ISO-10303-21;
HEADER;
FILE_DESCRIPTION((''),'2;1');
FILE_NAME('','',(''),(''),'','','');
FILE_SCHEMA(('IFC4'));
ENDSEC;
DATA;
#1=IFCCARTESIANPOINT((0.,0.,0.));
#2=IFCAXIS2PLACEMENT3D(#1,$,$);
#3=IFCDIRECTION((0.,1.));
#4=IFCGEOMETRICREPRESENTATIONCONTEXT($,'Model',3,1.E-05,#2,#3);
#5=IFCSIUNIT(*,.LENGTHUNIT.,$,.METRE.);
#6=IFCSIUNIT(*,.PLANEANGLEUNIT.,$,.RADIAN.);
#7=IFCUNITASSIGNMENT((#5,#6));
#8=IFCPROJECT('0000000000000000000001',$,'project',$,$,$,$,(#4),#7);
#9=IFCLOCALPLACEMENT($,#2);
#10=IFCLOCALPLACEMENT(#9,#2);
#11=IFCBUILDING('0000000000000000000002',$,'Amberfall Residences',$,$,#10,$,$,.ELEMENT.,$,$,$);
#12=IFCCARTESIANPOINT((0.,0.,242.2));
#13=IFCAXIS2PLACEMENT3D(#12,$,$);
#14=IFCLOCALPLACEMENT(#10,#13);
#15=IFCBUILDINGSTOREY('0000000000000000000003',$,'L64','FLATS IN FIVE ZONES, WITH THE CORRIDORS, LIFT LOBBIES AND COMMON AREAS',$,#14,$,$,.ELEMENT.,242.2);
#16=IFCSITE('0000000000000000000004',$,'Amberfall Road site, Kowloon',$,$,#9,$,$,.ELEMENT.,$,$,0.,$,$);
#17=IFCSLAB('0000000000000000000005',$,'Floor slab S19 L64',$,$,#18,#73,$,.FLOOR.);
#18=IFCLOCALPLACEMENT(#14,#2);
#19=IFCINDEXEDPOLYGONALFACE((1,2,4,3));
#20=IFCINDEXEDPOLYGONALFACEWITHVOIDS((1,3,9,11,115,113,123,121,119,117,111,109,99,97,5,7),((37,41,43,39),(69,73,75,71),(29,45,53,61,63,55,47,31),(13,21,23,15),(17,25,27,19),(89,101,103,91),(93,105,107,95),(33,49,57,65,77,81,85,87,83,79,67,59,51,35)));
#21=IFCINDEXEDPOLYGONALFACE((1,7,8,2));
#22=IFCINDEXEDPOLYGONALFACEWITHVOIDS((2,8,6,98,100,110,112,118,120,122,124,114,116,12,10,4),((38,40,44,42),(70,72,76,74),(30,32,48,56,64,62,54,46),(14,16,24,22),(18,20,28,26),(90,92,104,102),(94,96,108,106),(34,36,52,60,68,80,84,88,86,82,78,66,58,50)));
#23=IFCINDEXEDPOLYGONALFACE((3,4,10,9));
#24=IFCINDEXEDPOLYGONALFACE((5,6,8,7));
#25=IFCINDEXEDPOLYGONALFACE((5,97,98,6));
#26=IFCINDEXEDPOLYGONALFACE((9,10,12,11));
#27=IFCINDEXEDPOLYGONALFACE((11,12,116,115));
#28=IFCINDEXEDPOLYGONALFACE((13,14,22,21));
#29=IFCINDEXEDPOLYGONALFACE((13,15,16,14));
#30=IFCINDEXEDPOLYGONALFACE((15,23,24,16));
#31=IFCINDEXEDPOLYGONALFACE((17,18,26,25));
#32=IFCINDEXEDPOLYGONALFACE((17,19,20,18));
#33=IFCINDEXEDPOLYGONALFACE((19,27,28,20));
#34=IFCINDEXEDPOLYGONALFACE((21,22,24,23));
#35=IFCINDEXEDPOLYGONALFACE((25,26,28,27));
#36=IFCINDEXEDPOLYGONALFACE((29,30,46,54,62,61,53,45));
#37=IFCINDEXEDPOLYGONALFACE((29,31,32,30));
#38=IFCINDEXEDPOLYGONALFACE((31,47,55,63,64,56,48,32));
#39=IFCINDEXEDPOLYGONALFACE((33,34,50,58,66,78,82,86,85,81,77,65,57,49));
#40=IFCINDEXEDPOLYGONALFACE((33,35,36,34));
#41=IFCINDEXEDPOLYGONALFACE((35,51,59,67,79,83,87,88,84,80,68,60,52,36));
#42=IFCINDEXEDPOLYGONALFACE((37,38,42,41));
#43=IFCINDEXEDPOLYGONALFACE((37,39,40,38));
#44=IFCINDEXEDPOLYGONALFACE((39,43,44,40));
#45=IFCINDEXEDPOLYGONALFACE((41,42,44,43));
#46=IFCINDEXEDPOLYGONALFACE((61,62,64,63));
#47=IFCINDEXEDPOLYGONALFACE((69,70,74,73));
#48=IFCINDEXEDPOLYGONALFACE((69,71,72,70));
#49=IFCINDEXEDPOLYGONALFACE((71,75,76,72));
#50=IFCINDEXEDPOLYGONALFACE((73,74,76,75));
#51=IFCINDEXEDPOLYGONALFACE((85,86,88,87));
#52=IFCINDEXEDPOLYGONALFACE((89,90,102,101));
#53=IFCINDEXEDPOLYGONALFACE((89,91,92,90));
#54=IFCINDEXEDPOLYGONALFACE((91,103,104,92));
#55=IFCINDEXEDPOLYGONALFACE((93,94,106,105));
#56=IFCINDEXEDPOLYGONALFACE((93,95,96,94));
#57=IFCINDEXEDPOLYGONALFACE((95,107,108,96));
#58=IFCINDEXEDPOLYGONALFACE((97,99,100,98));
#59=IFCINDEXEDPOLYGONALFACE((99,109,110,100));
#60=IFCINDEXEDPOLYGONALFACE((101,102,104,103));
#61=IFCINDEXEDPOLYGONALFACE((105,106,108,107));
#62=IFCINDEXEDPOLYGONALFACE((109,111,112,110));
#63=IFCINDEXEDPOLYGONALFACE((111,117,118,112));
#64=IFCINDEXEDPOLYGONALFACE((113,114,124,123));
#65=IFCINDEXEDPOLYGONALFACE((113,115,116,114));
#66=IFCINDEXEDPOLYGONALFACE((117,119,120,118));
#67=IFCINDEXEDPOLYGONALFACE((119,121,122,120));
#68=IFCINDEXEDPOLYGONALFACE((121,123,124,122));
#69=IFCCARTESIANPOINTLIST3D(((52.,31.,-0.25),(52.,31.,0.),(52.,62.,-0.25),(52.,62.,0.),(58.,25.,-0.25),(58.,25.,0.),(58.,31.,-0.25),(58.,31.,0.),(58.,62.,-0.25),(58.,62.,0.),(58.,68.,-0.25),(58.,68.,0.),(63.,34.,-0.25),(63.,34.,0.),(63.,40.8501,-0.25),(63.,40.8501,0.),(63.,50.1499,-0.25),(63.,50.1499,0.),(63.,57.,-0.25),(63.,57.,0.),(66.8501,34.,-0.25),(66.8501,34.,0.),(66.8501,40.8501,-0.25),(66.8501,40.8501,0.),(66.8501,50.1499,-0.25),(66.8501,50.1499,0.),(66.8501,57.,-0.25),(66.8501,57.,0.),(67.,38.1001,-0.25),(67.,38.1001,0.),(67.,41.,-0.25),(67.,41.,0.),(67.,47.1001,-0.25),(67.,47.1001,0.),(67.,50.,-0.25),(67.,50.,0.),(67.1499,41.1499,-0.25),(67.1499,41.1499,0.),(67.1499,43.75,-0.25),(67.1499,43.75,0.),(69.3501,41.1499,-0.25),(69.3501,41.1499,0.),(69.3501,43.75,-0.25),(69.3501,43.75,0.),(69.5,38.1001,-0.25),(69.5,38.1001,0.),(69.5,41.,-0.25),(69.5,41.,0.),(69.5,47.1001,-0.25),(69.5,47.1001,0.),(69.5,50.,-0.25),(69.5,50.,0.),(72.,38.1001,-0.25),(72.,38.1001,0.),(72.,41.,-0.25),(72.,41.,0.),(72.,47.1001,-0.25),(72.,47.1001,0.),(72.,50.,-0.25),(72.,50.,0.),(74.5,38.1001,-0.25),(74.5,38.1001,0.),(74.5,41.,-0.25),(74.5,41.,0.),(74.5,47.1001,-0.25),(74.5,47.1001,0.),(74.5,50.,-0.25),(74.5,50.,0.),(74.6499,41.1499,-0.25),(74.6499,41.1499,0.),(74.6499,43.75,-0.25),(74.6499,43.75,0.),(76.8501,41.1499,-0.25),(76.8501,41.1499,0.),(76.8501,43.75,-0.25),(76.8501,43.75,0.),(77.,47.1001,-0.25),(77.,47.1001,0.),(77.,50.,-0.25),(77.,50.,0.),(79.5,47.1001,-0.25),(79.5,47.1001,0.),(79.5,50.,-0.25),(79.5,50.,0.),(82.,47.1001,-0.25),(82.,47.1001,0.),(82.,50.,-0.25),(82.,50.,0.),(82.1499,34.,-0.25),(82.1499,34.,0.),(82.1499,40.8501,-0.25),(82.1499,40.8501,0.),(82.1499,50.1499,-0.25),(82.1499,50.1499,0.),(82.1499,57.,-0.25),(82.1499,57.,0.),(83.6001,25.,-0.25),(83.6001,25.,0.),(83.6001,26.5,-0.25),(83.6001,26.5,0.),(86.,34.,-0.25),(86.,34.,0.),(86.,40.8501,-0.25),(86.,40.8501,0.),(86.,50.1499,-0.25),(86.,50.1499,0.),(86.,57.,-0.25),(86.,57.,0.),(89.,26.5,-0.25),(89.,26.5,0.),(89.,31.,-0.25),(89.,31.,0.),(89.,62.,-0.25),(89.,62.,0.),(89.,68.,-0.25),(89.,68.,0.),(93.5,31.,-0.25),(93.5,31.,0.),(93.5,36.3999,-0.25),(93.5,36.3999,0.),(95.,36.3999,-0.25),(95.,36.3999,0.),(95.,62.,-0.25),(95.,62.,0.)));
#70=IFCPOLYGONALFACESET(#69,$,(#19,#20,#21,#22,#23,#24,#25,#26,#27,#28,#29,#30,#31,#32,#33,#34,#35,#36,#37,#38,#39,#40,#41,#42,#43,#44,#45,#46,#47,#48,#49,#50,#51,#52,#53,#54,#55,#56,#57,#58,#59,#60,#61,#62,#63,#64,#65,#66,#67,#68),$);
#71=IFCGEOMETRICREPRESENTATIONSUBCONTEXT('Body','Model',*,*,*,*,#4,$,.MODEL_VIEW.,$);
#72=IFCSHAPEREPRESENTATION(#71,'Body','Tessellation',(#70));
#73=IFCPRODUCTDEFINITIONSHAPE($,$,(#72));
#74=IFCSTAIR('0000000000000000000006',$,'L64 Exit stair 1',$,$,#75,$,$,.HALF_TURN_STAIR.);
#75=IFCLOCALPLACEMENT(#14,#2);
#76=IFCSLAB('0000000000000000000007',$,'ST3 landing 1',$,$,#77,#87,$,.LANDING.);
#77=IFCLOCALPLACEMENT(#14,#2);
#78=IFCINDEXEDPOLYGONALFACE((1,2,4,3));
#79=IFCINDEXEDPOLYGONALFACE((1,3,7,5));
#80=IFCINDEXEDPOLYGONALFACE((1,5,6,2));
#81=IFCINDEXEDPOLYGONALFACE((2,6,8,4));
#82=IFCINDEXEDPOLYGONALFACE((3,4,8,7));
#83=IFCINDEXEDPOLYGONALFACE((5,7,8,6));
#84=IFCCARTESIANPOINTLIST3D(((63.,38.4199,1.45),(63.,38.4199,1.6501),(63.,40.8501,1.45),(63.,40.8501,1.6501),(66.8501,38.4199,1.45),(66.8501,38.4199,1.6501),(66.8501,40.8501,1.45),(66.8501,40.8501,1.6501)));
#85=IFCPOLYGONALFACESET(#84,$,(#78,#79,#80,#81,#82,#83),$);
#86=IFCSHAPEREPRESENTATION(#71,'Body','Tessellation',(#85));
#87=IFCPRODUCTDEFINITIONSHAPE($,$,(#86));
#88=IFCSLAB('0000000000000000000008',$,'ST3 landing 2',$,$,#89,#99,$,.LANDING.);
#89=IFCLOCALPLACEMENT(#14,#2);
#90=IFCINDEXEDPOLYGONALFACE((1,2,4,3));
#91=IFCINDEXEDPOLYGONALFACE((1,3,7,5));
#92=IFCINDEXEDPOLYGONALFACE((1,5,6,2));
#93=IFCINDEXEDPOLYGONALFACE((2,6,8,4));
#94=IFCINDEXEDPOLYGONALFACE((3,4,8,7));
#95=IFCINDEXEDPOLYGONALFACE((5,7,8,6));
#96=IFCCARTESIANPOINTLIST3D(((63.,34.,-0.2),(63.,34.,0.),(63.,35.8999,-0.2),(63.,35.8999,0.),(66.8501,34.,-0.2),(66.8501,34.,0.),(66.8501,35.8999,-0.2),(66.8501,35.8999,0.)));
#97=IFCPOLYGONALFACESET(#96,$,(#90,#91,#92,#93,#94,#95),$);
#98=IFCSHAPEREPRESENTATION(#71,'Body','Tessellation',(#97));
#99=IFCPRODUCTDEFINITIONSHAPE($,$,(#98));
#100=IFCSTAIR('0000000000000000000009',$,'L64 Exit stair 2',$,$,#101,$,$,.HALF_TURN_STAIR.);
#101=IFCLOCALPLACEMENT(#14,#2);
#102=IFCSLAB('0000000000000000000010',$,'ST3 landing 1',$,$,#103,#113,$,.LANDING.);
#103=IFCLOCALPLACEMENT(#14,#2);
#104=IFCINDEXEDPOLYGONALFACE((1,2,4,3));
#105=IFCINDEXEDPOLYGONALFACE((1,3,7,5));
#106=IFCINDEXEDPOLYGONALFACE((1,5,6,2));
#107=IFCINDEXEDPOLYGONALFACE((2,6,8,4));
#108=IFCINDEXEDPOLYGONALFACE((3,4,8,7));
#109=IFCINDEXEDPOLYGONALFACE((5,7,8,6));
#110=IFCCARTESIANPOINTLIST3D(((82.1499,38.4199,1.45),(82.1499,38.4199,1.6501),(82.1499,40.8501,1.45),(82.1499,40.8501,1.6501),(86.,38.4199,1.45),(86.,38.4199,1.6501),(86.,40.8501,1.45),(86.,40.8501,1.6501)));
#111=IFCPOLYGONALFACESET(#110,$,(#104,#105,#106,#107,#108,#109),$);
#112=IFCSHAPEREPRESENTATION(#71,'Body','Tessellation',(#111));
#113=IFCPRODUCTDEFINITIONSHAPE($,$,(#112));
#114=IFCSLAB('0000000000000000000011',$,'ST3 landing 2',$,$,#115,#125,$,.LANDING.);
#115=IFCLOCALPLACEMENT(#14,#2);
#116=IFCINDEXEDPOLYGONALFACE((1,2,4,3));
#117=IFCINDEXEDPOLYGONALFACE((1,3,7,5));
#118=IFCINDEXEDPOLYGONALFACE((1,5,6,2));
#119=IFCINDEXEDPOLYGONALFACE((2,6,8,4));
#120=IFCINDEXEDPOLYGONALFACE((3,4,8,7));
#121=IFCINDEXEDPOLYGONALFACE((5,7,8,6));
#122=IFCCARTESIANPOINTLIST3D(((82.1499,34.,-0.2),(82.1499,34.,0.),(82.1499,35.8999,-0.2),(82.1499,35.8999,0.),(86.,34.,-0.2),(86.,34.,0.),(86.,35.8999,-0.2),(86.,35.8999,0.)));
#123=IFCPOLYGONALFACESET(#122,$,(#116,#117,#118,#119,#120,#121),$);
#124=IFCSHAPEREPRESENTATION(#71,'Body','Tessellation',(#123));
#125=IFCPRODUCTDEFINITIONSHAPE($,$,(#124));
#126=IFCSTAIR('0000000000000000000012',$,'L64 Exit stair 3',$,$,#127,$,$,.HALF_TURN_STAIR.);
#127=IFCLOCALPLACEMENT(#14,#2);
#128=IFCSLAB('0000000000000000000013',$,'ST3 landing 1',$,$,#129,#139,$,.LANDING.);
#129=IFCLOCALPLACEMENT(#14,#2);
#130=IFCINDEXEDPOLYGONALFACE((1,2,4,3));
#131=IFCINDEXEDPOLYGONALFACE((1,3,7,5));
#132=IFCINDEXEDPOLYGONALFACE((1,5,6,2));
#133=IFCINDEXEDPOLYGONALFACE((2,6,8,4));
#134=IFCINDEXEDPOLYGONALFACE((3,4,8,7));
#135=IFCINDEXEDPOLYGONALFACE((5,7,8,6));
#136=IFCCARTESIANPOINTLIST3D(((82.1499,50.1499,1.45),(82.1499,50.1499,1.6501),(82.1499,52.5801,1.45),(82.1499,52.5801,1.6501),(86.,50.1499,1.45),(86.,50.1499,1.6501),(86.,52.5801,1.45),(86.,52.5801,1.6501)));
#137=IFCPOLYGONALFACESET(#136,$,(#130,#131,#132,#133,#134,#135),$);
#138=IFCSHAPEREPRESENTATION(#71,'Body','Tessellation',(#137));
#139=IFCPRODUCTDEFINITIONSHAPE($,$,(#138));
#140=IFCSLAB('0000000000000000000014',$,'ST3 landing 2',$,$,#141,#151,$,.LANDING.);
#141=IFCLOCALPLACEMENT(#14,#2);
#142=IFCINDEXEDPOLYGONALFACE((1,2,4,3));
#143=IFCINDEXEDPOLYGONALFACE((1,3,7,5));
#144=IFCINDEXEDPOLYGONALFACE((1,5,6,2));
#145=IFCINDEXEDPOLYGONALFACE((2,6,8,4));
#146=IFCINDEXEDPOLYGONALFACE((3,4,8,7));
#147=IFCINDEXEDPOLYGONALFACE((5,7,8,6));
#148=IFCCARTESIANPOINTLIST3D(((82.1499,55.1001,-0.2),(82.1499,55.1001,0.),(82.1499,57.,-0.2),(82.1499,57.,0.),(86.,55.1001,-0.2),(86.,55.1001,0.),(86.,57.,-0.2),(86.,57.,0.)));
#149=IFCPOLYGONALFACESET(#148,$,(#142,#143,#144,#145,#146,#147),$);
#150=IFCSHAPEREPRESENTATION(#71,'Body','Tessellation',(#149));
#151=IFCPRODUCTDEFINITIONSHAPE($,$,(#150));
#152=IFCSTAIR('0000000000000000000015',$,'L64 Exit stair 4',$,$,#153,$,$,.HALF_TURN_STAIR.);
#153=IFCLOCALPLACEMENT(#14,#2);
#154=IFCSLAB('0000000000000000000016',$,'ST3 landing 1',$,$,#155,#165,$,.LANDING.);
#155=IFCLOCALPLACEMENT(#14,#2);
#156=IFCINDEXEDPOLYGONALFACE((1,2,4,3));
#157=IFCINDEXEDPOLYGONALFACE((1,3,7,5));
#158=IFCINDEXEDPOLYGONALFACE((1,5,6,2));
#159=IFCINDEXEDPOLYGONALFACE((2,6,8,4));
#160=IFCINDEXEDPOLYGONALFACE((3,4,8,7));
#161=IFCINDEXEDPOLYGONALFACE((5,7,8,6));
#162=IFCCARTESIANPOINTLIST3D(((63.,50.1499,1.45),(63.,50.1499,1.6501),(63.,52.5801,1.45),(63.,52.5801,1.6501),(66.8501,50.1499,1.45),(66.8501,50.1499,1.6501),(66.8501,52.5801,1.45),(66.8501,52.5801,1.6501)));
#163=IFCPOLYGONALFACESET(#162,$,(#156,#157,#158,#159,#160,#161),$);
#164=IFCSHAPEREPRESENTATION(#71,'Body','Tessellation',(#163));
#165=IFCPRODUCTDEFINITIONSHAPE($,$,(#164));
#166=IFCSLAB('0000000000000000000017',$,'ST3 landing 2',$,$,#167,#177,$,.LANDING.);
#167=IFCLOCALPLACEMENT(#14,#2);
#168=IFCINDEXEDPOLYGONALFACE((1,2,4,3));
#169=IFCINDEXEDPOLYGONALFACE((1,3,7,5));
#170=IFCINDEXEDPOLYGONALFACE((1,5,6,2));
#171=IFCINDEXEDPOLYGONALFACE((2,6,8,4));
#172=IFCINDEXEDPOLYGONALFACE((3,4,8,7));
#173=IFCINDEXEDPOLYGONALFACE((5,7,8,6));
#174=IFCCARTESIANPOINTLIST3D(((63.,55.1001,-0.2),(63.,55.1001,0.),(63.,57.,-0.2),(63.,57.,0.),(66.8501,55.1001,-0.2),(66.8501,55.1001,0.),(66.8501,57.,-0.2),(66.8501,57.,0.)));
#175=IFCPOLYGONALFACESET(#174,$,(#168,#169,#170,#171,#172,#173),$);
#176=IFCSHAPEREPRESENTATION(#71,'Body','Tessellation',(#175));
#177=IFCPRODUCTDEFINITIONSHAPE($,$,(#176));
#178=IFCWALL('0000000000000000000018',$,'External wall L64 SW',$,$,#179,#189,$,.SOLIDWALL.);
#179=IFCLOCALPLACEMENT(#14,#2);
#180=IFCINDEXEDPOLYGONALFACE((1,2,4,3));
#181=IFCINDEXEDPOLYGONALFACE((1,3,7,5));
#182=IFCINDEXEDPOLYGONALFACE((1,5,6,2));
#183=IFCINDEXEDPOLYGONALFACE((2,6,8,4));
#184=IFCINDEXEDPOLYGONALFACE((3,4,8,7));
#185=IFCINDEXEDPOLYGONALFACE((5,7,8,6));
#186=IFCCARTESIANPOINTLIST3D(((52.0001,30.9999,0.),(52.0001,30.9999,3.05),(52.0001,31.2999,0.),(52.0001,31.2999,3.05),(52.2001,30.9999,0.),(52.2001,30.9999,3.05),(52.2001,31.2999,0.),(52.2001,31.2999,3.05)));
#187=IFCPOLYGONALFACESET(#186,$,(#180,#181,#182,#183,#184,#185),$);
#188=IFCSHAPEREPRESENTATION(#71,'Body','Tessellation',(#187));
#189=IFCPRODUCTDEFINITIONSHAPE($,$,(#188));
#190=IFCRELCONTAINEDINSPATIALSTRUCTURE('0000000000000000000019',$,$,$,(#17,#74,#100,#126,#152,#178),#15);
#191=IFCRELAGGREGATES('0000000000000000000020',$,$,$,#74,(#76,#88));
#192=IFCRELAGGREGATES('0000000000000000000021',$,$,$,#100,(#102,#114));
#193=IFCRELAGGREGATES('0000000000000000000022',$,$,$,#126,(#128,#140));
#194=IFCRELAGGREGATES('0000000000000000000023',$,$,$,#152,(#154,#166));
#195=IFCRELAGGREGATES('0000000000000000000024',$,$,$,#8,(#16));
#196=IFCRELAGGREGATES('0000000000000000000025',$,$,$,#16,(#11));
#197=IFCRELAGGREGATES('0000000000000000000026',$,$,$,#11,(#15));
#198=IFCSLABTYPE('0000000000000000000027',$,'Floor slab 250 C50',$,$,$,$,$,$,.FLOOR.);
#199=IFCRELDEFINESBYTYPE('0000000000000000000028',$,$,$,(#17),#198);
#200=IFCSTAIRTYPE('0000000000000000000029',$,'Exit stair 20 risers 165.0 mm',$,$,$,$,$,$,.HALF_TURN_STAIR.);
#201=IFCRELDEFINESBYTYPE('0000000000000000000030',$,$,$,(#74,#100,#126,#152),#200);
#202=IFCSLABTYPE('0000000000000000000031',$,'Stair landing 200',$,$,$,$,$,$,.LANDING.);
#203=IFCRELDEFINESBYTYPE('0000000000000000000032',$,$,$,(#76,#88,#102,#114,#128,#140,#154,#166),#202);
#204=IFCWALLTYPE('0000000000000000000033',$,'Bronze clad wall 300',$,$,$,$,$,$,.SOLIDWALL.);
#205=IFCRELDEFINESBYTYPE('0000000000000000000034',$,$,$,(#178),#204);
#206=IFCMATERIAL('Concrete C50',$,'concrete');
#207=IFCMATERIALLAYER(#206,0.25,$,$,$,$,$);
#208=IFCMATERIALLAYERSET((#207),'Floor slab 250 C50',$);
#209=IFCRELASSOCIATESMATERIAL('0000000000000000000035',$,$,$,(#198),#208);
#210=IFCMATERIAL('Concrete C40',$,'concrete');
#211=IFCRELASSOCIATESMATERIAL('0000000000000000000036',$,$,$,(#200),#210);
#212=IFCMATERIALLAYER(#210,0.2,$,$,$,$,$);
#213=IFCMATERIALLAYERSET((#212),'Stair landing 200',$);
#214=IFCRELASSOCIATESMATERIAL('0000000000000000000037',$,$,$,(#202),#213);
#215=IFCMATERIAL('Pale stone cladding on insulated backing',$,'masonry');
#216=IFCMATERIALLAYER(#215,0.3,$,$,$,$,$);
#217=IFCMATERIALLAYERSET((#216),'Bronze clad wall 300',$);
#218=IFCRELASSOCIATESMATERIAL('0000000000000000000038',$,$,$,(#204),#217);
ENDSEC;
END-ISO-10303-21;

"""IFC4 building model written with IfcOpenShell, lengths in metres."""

from ifc_helpers import new_model, si_unit, direction, frame, frame_2d, origin, place, context, subcontext, project, spatial, polyline, rectangle, outline, extrude, material, layer, layer_set, type_object, element, aggregate, save


model = new_model("IFC4")

# Units and contexts
model_context = context("Model", 3, precision=1e-05, world=origin(), true_north=direction((0.0, 1.0)))
body_context = subcontext(model_context, "Body", "Model", "MODEL_VIEW")
ifc_project = project(units=[si_unit("LENGTHUNIT", "METRE"), si_unit("PLANEANGLEUNIT", "RADIAN")], contexts=[model_context])

# Site, building, storey
site_placement = place(None, origin())
site = spatial("IfcSite", under=ifc_project, at=site_placement, Name="Amberfall Road site, Kowloon", CompositionType="ELEMENT", RefElevation=0.0)
building_placement = place(site_placement, origin())
building = spatial("IfcBuilding", under=site, at=building_placement, Name="Amberfall Residences", CompositionType="ELEMENT")
storey_placement = place(building_placement, frame((0.0, 0.0, 242.2)))
storey = spatial("IfcBuildingStorey", under=building, at=storey_placement, Name="L64", Description="FLATS IN FIVE ZONES, WITH THE CORRIDORS, LIFT LOBBIES AND COMMON AREAS", CompositionType="ELEMENT", Elevation=242.2)

# Shared definitions
ifc_material_1 = material(Name="Concrete C50", Category="concrete")

# Slab
ifc_layer_1 = layer(ifc_material_1, 0.25)
ifc_layer_set_1 = layer_set([ifc_layer_1], Name="Floor slab 250 C50")
slab_type_1 = type_object("IfcSlabType", Name="Floor slab 250 C50", PredefinedType="FLOOR", material=ifc_layer_set_1)
slab_1_placement = place(storey_placement, frame((0.0, 0.0, -0.25)))
element("IfcSlab", 1, at=slab_1_placement, inside=storey, type_object=slab_type_1, Name="Floor slab S19 L64", PredefinedType="FLOOR", context=body_context, shape_type="SweptSolid", body=[
    extrude(outline(polyline([(83.6001, 26.5), (83.6001, 25.0), (58.0, 25.0), (58.0, 31.0), (52.0, 31.0), (52.0, 62.0), (58.0, 62.0), (58.0, 68.0), (89.0, 68.0), (89.0, 62.0), (95.0, 62.0), (95.0, 36.3999), (93.5, 36.3999), (93.5, 31.0), (89.0, 31.0), (89.0, 26.5), (83.6001, 26.5)]), holes=[polyline([(86.0, 34.0), (86.0, 40.8501), (82.1499, 40.8501), (82.1499, 34.0), (86.0, 34.0)]), polyline([(86.0, 50.1499), (86.0, 57.0), (82.1499, 57.0), (82.1499, 50.1499), (86.0, 50.1499)]), polyline([(72.0, 50.0), (69.5, 50.0), (67.0, 50.0), (67.0, 47.1001), (69.5, 47.1001), (72.0, 47.1001), (74.5, 47.1001), (77.0, 47.1001), (79.5, 47.1001), (82.0, 47.1001), (82.0, 50.0), (79.5, 50.0), (77.0, 50.0), (74.5, 50.0), (72.0, 50.0)]), polyline([(76.8501, 41.1499), (76.8501, 43.75), (74.6499, 43.75), (74.6499, 41.1499), (76.8501, 41.1499)]), polyline([(69.5, 41.0), (67.0, 41.0), (67.0, 38.1001), (69.5, 38.1001), (72.0, 38.1001), (74.5, 38.1001), (74.5, 41.0), (72.0, 41.0), (69.5, 41.0)]), polyline([(69.3501, 41.1499), (69.3501, 43.75), (67.1499, 43.75), (67.1499, 41.1499), (69.3501, 41.1499)]), polyline([(66.8501, 50.1499), (66.8501, 57.0), (63.0, 57.0), (63.0, 50.1499), (66.8501, 50.1499)]), polyline([(66.8501, 40.8501), (63.0, 40.8501), (63.0, 34.0), (66.8501, 34.0), (66.8501, 40.8501)])]), origin(), (0.0, 0.0, 1.0), 0.25),
])

# Stairs, slabs
ifc_material_2 = material(Name="Concrete C40", Category="concrete")
stair_type = type_object("IfcStairType", Name="Exit stair 20 risers 165.0 mm", PredefinedType="HALF_TURN_STAIR", material=ifc_material_2)
stair_1_placement = place(storey_placement, origin())
stair_1 = element("IfcStair", 2, at=stair_1_placement, inside=storey, type_object=stair_type, Name="L64 Exit stair 1", PredefinedType="HALF_TURN_STAIR")
ifc_layer_2 = layer(ifc_material_2, 0.2)
ifc_layer_set_2 = layer_set([ifc_layer_2], Name="Stair landing 200")
slab_type_2 = type_object("IfcSlabType", Name="Stair landing 200", PredefinedType="LANDING", material=ifc_layer_set_2)
slab_2_placement = place(storey_placement, frame((0.0, 0.0, 1.45)))
slab_2 = element("IfcSlab", 3, at=slab_2_placement, type_object=slab_type_2, Name="ST3 landing 1", PredefinedType="LANDING", context=body_context, shape_type="SweptSolid", body=[
    extrude(outline(polyline([(66.8501, 38.4199), (66.8501, 40.8501), (63.0, 40.8501), (63.0, 38.4199), (66.8501, 38.4199)])), origin(), (0.0, 0.0, 1.0), 0.2002),
])
slab_3_placement = place(storey_placement, frame((0.0, 0.0, -0.2)))
slab_3 = element("IfcSlab", 4, at=slab_3_placement, type_object=slab_type_2, Name="ST3 landing 2", PredefinedType="LANDING", context=body_context, shape_type="SweptSolid", body=[
    extrude(outline(polyline([(66.8501, 34.0), (66.8501, 35.8999), (63.0, 35.8999), (63.0, 34.0), (66.8501, 34.0)])), origin(), (0.0, 0.0, 1.0), 0.2),
])
aggregate(stair_1, [slab_2, slab_3])
stair_2_placement = place(storey_placement, origin())
stair_2 = element("IfcStair", 5, at=stair_2_placement, inside=storey, type_object=stair_type, Name="L64 Exit stair 2", PredefinedType="HALF_TURN_STAIR")
slab_4_placement = place(storey_placement, frame((0.0, 0.0, 1.45)))
slab_4 = element("IfcSlab", 6, at=slab_4_placement, type_object=slab_type_2, Name="ST3 landing 1", PredefinedType="LANDING", context=body_context, shape_type="SweptSolid", body=[
    extrude(outline(polyline([(86.0, 38.4199), (86.0, 40.8501), (82.1499, 40.8501), (82.1499, 38.4199), (86.0, 38.4199)])), origin(), (0.0, 0.0, 1.0), 0.2002),
])
slab_5_placement = place(storey_placement, frame((0.0, 0.0, -0.2)))
slab_5 = element("IfcSlab", 7, at=slab_5_placement, type_object=slab_type_2, Name="ST3 landing 2", PredefinedType="LANDING", context=body_context, shape_type="SweptSolid", body=[
    extrude(outline(polyline([(86.0, 34.0), (86.0, 35.8999), (82.1499, 35.8999), (82.1499, 34.0), (86.0, 34.0)])), origin(), (0.0, 0.0, 1.0), 0.2),
])
aggregate(stair_2, [slab_4, slab_5])
stair_3_placement = place(storey_placement, origin())
stair_3 = element("IfcStair", 8, at=stair_3_placement, inside=storey, type_object=stair_type, Name="L64 Exit stair 3", PredefinedType="HALF_TURN_STAIR")
slab_6_placement = place(storey_placement, frame((0.0, 0.0, 1.45)))
slab_6 = element("IfcSlab", 9, at=slab_6_placement, type_object=slab_type_2, Name="ST3 landing 1", PredefinedType="LANDING", context=body_context, shape_type="SweptSolid", body=[
    extrude(outline(polyline([(82.1499, 52.5801), (82.1499, 50.1499), (86.0, 50.1499), (86.0, 52.5801), (82.1499, 52.5801)])), origin(), (0.0, 0.0, 1.0), 0.2002),
])
slab_7_placement = place(storey_placement, frame((0.0, 0.0, -0.2)))
slab_7 = element("IfcSlab", 10, at=slab_7_placement, type_object=slab_type_2, Name="ST3 landing 2", PredefinedType="LANDING", context=body_context, shape_type="SweptSolid", body=[
    extrude(outline(polyline([(82.1499, 57.0), (82.1499, 55.1001), (86.0, 55.1001), (86.0, 57.0), (82.1499, 57.0)])), origin(), (0.0, 0.0, 1.0), 0.2),
])
aggregate(stair_3, [slab_6, slab_7])
stair_4_placement = place(storey_placement, origin())
stair_4 = element("IfcStair", 11, at=stair_4_placement, inside=storey, type_object=stair_type, Name="L64 Exit stair 4", PredefinedType="HALF_TURN_STAIR")
slab_8_placement = place(storey_placement, frame((0.0, 0.0, 1.45)))
slab_8 = element("IfcSlab", 12, at=slab_8_placement, type_object=slab_type_2, Name="ST3 landing 1", PredefinedType="LANDING", context=body_context, shape_type="SweptSolid", body=[
    extrude(outline(polyline([(63.0, 52.5801), (63.0, 50.1499), (66.8501, 50.1499), (66.8501, 52.5801), (63.0, 52.5801)])), origin(), (0.0, 0.0, 1.0), 0.2002),
])
slab_9_placement = place(storey_placement, frame((0.0, 0.0, -0.2)))
slab_9 = element("IfcSlab", 13, at=slab_9_placement, type_object=slab_type_2, Name="ST3 landing 2", PredefinedType="LANDING", context=body_context, shape_type="SweptSolid", body=[
    extrude(outline(polyline([(63.0, 57.0), (63.0, 55.1001), (66.8501, 55.1001), (66.8501, 57.0), (63.0, 57.0)])), origin(), (0.0, 0.0, 1.0), 0.2),
])
aggregate(stair_4, [slab_8, slab_9])

# Wall
ifc_material_3 = material(Name="Pale stone cladding on insulated backing", Category="masonry")
ifc_layer_3 = layer(ifc_material_3, 0.3)
ifc_layer_set_3 = layer_set([ifc_layer_3], Name="Bronze clad wall 300")
wall_type_1 = type_object("IfcWallType", Name="Bronze clad wall 300", PredefinedType="SOLIDWALL", material=ifc_layer_set_3)
wall_1_placement = place(storey_placement, frame((52.0, 31.1499, 0.0), z_axis=(0.0, 0.0, 1.0), x_axis=(1.0, 0.0, 0.0)))
element("IfcWall", 14, at=wall_1_placement, inside=storey, type_object=wall_type_1, Name="External wall L64 SW", PredefinedType="SOLIDWALL", context=body_context, shape_type="SweptSolid", body=[
    extrude(rectangle(XDim=0.2, YDim=0.3, at=frame_2d((0.1001, 0.0))), origin(), (0.0, 0.0, 1.0), 3.05),
])

save(model, "model.ifc")
